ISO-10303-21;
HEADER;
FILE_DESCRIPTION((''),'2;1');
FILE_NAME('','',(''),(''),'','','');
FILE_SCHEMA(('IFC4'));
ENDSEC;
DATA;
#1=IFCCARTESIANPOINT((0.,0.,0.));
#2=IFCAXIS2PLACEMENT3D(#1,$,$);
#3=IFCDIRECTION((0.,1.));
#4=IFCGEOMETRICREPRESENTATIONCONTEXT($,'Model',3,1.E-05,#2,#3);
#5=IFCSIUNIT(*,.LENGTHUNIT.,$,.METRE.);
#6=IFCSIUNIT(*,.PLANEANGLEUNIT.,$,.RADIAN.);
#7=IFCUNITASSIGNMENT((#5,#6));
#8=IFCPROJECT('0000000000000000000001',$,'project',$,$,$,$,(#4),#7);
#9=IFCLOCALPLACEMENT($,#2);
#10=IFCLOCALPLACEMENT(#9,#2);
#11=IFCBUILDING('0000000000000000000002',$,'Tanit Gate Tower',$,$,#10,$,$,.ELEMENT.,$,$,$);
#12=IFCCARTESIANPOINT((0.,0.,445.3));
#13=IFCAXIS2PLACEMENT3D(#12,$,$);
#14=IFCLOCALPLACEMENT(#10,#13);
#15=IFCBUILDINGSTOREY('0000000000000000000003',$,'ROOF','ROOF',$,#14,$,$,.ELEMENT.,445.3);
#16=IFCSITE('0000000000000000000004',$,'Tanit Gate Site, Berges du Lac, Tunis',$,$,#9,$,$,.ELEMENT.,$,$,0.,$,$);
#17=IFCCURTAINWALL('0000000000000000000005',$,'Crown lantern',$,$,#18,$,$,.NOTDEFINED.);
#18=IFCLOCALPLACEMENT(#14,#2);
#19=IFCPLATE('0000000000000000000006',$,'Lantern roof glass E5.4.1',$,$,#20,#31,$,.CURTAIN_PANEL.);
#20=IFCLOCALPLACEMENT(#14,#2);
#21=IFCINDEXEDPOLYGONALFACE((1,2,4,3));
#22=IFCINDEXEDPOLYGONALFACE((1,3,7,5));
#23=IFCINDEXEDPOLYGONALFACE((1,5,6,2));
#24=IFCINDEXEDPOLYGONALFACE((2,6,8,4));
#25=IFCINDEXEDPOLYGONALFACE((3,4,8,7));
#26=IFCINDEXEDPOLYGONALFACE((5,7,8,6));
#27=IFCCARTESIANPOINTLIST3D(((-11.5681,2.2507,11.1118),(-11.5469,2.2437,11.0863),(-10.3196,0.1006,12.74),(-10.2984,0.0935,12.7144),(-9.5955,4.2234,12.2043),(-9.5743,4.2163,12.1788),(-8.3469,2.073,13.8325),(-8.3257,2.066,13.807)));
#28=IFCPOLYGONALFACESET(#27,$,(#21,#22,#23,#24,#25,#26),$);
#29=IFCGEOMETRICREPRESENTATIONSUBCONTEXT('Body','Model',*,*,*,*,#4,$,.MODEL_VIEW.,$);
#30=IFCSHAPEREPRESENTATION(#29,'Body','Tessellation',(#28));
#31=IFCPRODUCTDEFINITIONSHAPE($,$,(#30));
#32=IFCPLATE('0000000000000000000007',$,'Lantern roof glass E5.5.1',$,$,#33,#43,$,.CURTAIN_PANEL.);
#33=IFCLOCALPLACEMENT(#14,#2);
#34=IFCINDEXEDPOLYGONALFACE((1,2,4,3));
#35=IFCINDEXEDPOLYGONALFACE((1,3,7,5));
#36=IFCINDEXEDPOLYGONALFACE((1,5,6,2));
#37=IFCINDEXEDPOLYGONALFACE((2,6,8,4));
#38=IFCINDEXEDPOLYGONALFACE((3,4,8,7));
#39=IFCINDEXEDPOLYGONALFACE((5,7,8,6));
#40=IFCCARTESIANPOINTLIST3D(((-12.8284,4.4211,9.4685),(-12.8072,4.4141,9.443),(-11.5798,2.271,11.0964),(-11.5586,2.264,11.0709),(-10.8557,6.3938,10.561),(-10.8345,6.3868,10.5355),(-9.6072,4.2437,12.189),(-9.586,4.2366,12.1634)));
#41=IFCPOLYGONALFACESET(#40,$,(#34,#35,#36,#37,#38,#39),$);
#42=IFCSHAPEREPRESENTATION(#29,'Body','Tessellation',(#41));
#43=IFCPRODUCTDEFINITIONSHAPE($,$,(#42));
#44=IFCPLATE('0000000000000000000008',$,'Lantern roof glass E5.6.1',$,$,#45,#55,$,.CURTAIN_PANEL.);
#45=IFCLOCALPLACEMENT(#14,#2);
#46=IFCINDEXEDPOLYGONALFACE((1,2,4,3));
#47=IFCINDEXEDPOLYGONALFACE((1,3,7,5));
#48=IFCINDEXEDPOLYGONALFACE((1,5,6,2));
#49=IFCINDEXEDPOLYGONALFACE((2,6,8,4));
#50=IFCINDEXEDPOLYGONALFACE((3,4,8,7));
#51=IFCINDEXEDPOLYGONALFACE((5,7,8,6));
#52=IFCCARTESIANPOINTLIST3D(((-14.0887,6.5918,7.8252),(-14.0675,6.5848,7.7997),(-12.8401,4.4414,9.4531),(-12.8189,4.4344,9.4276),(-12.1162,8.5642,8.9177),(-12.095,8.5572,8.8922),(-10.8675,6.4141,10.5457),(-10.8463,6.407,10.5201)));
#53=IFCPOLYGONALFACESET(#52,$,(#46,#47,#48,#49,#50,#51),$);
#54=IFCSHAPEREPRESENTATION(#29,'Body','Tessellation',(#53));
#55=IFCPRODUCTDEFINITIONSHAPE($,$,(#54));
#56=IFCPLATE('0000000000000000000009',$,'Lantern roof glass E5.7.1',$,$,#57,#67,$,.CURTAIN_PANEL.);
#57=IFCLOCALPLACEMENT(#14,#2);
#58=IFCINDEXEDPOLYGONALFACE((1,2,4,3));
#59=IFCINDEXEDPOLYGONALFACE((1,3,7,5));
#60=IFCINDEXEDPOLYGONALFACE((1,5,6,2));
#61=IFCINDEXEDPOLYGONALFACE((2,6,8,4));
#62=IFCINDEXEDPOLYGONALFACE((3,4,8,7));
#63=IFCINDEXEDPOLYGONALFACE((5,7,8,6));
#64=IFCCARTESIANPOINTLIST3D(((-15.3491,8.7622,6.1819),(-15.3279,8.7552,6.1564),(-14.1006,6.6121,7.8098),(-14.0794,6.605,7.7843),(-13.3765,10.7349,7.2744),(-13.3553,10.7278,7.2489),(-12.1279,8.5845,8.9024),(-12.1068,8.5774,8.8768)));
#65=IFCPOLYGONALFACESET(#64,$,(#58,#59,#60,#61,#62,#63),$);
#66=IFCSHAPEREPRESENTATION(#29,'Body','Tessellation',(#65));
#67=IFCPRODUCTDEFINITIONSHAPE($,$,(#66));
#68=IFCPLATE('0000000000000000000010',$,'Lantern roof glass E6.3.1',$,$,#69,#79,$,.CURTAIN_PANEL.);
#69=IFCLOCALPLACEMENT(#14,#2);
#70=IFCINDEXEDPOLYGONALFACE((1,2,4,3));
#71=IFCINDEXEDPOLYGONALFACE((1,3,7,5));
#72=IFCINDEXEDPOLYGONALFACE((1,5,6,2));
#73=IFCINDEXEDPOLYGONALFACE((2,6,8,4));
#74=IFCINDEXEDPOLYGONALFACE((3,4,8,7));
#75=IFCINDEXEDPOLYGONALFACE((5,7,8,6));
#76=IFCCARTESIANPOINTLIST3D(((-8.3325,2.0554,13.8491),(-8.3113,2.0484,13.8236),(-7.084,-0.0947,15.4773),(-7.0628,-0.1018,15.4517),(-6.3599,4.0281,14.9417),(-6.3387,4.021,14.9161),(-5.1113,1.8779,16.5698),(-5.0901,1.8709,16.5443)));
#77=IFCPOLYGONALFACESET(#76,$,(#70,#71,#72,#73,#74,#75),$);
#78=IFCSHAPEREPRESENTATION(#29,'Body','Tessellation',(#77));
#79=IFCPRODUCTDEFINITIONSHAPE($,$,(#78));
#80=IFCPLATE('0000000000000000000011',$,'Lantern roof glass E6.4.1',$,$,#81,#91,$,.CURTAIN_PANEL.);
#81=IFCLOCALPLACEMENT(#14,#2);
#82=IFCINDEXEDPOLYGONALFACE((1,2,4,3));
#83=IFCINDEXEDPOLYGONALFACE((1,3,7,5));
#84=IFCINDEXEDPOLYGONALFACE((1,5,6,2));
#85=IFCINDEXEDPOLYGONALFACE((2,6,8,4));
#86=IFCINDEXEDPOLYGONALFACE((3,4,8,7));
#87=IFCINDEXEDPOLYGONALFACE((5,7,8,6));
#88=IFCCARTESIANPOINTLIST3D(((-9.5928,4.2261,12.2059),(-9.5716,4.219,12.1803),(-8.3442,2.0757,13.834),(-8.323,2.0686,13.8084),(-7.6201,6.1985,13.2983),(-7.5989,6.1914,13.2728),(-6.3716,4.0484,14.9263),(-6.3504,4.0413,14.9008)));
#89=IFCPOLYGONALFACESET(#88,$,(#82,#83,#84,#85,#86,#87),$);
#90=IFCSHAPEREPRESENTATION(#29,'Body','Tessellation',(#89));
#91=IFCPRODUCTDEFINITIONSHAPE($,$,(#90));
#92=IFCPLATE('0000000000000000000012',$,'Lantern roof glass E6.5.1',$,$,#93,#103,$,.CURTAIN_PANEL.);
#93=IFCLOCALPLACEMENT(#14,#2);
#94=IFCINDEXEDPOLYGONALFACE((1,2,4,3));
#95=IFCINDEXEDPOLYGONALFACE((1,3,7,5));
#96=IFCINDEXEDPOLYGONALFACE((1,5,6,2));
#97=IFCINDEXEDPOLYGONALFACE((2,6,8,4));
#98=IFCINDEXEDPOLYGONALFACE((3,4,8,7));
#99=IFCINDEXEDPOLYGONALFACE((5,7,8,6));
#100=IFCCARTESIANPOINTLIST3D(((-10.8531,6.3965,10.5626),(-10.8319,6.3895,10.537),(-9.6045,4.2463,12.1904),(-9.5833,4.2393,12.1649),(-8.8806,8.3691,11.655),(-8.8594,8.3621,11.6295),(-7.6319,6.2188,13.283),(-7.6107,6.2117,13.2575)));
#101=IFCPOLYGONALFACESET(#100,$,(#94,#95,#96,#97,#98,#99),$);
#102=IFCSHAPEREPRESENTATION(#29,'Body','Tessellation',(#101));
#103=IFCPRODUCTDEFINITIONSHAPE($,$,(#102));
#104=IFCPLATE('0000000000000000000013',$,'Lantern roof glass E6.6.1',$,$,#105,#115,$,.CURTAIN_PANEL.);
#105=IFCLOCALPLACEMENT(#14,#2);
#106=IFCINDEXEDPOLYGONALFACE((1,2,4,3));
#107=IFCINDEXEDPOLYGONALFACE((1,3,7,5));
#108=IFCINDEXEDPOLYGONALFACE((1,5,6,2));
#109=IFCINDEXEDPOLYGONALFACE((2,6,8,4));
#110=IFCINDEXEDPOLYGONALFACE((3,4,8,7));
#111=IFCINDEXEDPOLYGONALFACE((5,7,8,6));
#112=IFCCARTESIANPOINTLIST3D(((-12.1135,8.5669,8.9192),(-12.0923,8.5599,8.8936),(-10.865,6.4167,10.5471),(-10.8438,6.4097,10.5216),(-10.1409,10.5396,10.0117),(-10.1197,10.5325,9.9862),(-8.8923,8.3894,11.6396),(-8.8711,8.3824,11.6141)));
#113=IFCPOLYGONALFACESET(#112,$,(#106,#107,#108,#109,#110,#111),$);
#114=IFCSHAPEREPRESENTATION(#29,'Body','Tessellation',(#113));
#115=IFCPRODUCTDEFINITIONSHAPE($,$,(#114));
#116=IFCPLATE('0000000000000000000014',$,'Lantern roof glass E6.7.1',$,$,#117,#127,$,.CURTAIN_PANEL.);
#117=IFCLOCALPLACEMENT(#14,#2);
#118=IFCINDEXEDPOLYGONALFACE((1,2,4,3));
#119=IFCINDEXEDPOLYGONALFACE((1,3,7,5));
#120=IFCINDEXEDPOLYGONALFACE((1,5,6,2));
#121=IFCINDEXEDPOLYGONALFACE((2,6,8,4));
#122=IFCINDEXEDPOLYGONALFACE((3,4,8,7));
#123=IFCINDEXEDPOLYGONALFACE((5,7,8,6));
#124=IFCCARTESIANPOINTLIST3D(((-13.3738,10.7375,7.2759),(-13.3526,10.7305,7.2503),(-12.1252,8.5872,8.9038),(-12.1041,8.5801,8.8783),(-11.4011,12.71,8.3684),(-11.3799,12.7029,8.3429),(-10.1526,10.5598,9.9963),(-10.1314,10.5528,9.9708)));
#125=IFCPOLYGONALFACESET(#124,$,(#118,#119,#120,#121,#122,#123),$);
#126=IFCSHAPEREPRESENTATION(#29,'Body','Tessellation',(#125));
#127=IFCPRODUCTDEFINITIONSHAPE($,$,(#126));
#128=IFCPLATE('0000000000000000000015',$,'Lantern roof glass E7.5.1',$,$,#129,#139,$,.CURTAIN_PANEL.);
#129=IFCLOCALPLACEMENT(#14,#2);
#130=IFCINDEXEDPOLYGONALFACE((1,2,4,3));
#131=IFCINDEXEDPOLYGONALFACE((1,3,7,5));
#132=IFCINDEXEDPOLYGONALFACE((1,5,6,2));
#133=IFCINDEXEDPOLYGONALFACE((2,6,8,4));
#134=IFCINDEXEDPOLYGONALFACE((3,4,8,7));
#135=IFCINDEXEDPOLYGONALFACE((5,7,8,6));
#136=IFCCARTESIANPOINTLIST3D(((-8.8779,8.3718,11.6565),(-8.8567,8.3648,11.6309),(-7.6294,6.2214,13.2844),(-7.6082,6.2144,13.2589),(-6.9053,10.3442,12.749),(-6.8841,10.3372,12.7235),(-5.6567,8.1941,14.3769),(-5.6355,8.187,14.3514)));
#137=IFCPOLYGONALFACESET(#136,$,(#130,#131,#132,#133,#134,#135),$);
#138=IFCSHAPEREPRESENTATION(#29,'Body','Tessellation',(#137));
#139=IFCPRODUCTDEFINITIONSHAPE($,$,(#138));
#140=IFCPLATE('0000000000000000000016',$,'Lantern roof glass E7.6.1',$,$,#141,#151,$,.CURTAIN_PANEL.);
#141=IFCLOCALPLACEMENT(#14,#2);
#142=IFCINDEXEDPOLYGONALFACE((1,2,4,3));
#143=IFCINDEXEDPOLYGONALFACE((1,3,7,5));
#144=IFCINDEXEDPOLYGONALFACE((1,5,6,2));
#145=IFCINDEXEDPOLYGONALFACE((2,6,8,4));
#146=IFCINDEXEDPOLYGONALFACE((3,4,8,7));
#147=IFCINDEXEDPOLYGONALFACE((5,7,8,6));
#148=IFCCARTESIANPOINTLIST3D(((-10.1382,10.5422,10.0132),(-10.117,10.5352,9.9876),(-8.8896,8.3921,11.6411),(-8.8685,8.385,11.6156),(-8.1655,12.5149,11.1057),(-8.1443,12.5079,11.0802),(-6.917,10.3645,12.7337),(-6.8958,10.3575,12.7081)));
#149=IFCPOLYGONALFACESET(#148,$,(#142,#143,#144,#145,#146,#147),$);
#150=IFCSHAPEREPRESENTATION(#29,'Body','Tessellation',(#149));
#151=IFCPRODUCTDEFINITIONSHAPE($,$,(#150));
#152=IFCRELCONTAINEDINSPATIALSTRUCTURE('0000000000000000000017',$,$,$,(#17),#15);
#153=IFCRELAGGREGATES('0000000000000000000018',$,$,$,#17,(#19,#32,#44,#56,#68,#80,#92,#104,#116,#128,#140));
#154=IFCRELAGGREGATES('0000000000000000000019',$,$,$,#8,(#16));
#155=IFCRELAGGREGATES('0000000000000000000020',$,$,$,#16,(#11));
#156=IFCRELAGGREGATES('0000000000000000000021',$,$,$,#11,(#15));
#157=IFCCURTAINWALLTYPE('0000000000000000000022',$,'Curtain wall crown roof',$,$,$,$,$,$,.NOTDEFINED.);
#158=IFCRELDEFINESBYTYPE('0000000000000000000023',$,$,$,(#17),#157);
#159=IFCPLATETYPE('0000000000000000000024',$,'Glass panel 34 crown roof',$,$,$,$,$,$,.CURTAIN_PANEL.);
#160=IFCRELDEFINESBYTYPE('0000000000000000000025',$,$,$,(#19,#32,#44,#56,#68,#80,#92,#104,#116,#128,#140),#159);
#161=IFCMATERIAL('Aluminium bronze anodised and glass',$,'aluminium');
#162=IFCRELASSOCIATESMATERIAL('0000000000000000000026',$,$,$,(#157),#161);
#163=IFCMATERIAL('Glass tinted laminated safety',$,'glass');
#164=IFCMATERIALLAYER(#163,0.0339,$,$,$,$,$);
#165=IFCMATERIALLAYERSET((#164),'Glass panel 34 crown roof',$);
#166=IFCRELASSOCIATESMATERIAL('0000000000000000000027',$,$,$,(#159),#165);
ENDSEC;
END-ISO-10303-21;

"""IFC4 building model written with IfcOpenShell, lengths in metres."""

from ifc_helpers import new_model, si_unit, direction, frame, origin, place, context, subcontext, project, spatial, polyline, outline, extrude, material, layer, layer_set, type_object, element, aggregate, save


model = new_model("IFC4")

# Units and contexts
model_context = context("Model", 3, precision=1e-05, world=origin(), true_north=direction((0.0, 1.0)))
body_context = subcontext(model_context, "Body", "Model", "MODEL_VIEW")
ifc_project = project(units=[si_unit("LENGTHUNIT", "METRE"), si_unit("PLANEANGLEUNIT", "RADIAN")], contexts=[model_context])

# Site, building, storey
site_placement = place(None, origin())
site = spatial("IfcSite", under=ifc_project, at=site_placement, Name="Tanit Gate Site, Berges du Lac, Tunis", CompositionType="ELEMENT", RefElevation=0.0)
building_placement = place(site_placement, origin())
building = spatial("IfcBuilding", under=site, at=building_placement, Name="Tanit Gate Tower", CompositionType="ELEMENT")
storey_placement = place(building_placement, frame((0.0, 0.0, 445.3)))
storey = spatial("IfcBuildingStorey", under=building, at=storey_placement, Name="ROOF", Description="ROOF", CompositionType="ELEMENT", Elevation=445.3)

# Curtain wall, plates
ifc_material_1 = material(Name="Aluminium bronze anodised and glass", Category="aluminium")
curtain_wall_type = type_object("IfcCurtainWallType", Name="Curtain wall crown roof", PredefinedType="NOTDEFINED", material=ifc_material_1)
curtain_wall_placement = place(storey_placement, origin())
curtain_wall = element("IfcCurtainWall", 1, at=curtain_wall_placement, inside=storey, type_object=curtain_wall_type, Name="Crown lantern", PredefinedType="NOTDEFINED")
ifc_material_2 = material(Name="Glass tinted laminated safety", Category="glass")
ifc_layer = layer(ifc_material_2, 0.0339)
ifc_layer_set = layer_set([ifc_layer], Name="Glass panel 34 crown roof")
plate_type = type_object("IfcPlateType", Name="Glass panel 34 crown roof", PredefinedType="CURTAIN_PANEL", material=ifc_layer_set)
plate_1_placement = place(storey_placement, frame((-9.5955, 4.2234, 12.2043), z_axis=(-0.624508, 0.207512, 0.752946), x_axis=(-0.658422, -0.658415, -0.364649)))
plate_1 = element("IfcPlate", 2, at=plate_1_placement, type_object=plate_type, Name="Lantern roof glass E5.4.1", PredefinedType="CURTAIN_PANEL", context=body_context, shape_type="SweptSolid", body=[
    extrude(outline(polyline([(0.0, 0.0), (2.9961, 0.0), (2.996, 2.972), (0.0001, 2.9722), (0.0, 0.0)])), origin(), (0.0, 0.0, -1.0), 0.0339),
])
plate_2_placement = place(storey_placement, frame((-10.8557, 6.3938, 10.561), z_axis=(-0.624492, 0.207468, 0.752972), x_axis=(-0.658417, -0.658417, -0.364656)))
plate_2 = element("IfcPlate", 3, at=plate_2_placement, type_object=plate_type, Name="Lantern roof glass E5.5.1", PredefinedType="CURTAIN_PANEL", context=body_context, shape_type="SweptSolid", body=[
    extrude(outline(polyline([(0.0, 0.0), (2.9961, 0.0), (2.9961, 2.9719), (0.0, 2.9719), (0.0, 0.0)])), origin(), (0.0, 0.0, -1.0), 0.0339),
])
plate_3_placement = place(storey_placement, frame((-12.1162, 8.5642, 8.9177), z_axis=(-0.624488, 0.207432, 0.752985), x_axis=(-0.658417, -0.658403, -0.364682)))
plate_3 = element("IfcPlate", 4, at=plate_3_placement, type_object=plate_type, Name="Lantern roof glass E5.6.1", PredefinedType="CURTAIN_PANEL", context=body_context, shape_type="SweptSolid", body=[
    extrude(outline(polyline([(0.0, 0.0), (2.9957, 0.0), (2.9958, 2.9721), (-0.0002, 2.972), (0.0, 0.0)])), origin(), (0.0, 0.0, -1.0), 0.0339),
])
plate_4_placement = place(storey_placement, frame((-13.3765, 10.7349, 7.2744), z_axis=(-0.624482, 0.207467, 0.75298), x_axis=(-0.658422, -0.658415, -0.364649)))
plate_4 = element("IfcPlate", 5, at=plate_4_placement, type_object=plate_type, Name="Lantern roof glass E5.7.1", PredefinedType="CURTAIN_PANEL", context=body_context, shape_type="SweptSolid", body=[
    extrude(outline(polyline([(0.0, 0.0), (2.9961, 0.0), (2.9961, 2.9719), (0.0002, 2.9721), (0.0, 0.0)])), origin(), (0.0, 0.0, -1.0), 0.0339),
])
plate_5_placement = place(storey_placement, frame((-6.3599, 4.0281, 14.9417), z_axis=(-0.624518, 0.207513, 0.752938), x_axis=(-0.658417, -0.658417, -0.364656)))
plate_5 = element("IfcPlate", 6, at=plate_5_placement, type_object=plate_type, Name="Lantern roof glass E6.3.1", PredefinedType="CURTAIN_PANEL", context=body_context, shape_type="SweptSolid", body=[
    extrude(outline(polyline([(0.0, 0.0), (2.9961, 0.0), (2.996, 2.972), (-0.0001, 2.972), (0.0, 0.0)])), origin(), (0.0, 0.0, -1.0), 0.0339),
])
plate_6_placement = place(storey_placement, frame((-7.6201, 6.1985, 13.2983), z_axis=(-0.624475, 0.20751, 0.752974), x_axis=(-0.658466, -0.658366, -0.364658)))
plate_6 = element("IfcPlate", 7, at=plate_6_placement, type_object=plate_type, Name="Lantern roof glass E6.4.1", PredefinedType="CURTAIN_PANEL", context=body_context, shape_type="SweptSolid", body=[
    extrude(outline(polyline([(0.0, 0.0), (2.9959, 0.0), (2.9958, 2.9722), (-0.0002, 2.9719), (0.0, 0.0)])), origin(), (0.0, 0.0, -1.0), 0.0339),
])
plate_7_placement = place(storey_placement, frame((-8.8806, 8.3691, 11.655), z_axis=(-0.624488, 0.207432, 0.752985), x_axis=(-0.658392, -0.658445, -0.36465)))
plate_7 = element("IfcPlate", 8, at=plate_7_placement, type_object=plate_type, Name="Lantern roof glass E6.5.1", PredefinedType="CURTAIN_PANEL", context=body_context, shape_type="SweptSolid", body=[
    extrude(outline(polyline([(0.0, 0.0), (2.9959, 0.0), (2.996, 2.9719), (0.0001, 2.9722), (0.0, 0.0)])), origin(), (0.0, 0.0, -1.0), 0.0339),
])
plate_8_placement = place(storey_placement, frame((-10.1409, 10.5396, 10.0117), z_axis=(-0.624492, 0.207468, 0.752972), x_axis=(-0.658417, -0.658417, -0.364656)))
plate_8 = element("IfcPlate", 9, at=plate_8_placement, type_object=plate_type, Name="Lantern roof glass E6.6.1", PredefinedType="CURTAIN_PANEL", context=body_context, shape_type="SweptSolid", body=[
    extrude(outline(polyline([(0.0, 0.0), (2.9961, 0.0), (2.9961, 2.9719), (0.0, 2.9719), (0.0, 0.0)])), origin(), (0.0, 0.0, -1.0), 0.0339),
])
plate_9_placement = place(storey_placement, frame((-11.4011, 12.71, 8.3684), z_axis=(-0.624482, 0.207467, 0.75298), x_axis=(-0.658447, -0.658373, -0.364681)))
plate_9 = element("IfcPlate", 10, at=plate_9_placement, type_object=plate_type, Name="Lantern roof glass E6.7.1", PredefinedType="CURTAIN_PANEL", context=body_context, shape_type="SweptSolid", body=[
    extrude(outline(polyline([(0.0, 0.0), (2.9959, 0.0), (2.9959, 2.9721), (-0.0002, 2.9719), (0.0, 0.0)])), origin(), (0.0, 0.0, -1.0), 0.0339),
])
plate_10_placement = place(storey_placement, frame((-6.9053, 10.3442, 12.749), z_axis=(-0.624482, 0.207467, 0.75298), x_axis=(-0.658447, -0.658373, -0.364681)))
plate_10 = element("IfcPlate", 11, at=plate_10_placement, type_object=plate_type, Name="Lantern roof glass E7.5.1", PredefinedType="CURTAIN_PANEL", context=body_context, shape_type="SweptSolid", body=[
    extrude(outline(polyline([(0.0, 0.0), (2.9959, 0.0), (2.9959, 2.9721), (-0.0002, 2.9719), (0.0, 0.0)])), origin(), (0.0, 0.0, -1.0), 0.0339),
])
plate_11_placement = place(storey_placement, frame((-8.1655, 12.5149, 11.1057), z_axis=(-0.624482, 0.207467, 0.75298), x_axis=(-0.658422, -0.658415, -0.364649)))
plate_11 = element("IfcPlate", 12, at=plate_11_placement, type_object=plate_type, Name="Lantern roof glass E7.6.1", PredefinedType="CURTAIN_PANEL", context=body_context, shape_type="SweptSolid", body=[
    extrude(outline(polyline([(0.0, 0.0), (2.9961, 0.0), (2.9961, 2.9719), (0.0002, 2.9721), (0.0, 0.0)])), origin(), (0.0, 0.0, -1.0), 0.0339),
])
aggregate(curtain_wall, [plate_1, plate_2, plate_3, plate_4, plate_5, plate_6, plate_7, plate_8, plate_9, plate_10, plate_11])

save(model, "model.ifc")
